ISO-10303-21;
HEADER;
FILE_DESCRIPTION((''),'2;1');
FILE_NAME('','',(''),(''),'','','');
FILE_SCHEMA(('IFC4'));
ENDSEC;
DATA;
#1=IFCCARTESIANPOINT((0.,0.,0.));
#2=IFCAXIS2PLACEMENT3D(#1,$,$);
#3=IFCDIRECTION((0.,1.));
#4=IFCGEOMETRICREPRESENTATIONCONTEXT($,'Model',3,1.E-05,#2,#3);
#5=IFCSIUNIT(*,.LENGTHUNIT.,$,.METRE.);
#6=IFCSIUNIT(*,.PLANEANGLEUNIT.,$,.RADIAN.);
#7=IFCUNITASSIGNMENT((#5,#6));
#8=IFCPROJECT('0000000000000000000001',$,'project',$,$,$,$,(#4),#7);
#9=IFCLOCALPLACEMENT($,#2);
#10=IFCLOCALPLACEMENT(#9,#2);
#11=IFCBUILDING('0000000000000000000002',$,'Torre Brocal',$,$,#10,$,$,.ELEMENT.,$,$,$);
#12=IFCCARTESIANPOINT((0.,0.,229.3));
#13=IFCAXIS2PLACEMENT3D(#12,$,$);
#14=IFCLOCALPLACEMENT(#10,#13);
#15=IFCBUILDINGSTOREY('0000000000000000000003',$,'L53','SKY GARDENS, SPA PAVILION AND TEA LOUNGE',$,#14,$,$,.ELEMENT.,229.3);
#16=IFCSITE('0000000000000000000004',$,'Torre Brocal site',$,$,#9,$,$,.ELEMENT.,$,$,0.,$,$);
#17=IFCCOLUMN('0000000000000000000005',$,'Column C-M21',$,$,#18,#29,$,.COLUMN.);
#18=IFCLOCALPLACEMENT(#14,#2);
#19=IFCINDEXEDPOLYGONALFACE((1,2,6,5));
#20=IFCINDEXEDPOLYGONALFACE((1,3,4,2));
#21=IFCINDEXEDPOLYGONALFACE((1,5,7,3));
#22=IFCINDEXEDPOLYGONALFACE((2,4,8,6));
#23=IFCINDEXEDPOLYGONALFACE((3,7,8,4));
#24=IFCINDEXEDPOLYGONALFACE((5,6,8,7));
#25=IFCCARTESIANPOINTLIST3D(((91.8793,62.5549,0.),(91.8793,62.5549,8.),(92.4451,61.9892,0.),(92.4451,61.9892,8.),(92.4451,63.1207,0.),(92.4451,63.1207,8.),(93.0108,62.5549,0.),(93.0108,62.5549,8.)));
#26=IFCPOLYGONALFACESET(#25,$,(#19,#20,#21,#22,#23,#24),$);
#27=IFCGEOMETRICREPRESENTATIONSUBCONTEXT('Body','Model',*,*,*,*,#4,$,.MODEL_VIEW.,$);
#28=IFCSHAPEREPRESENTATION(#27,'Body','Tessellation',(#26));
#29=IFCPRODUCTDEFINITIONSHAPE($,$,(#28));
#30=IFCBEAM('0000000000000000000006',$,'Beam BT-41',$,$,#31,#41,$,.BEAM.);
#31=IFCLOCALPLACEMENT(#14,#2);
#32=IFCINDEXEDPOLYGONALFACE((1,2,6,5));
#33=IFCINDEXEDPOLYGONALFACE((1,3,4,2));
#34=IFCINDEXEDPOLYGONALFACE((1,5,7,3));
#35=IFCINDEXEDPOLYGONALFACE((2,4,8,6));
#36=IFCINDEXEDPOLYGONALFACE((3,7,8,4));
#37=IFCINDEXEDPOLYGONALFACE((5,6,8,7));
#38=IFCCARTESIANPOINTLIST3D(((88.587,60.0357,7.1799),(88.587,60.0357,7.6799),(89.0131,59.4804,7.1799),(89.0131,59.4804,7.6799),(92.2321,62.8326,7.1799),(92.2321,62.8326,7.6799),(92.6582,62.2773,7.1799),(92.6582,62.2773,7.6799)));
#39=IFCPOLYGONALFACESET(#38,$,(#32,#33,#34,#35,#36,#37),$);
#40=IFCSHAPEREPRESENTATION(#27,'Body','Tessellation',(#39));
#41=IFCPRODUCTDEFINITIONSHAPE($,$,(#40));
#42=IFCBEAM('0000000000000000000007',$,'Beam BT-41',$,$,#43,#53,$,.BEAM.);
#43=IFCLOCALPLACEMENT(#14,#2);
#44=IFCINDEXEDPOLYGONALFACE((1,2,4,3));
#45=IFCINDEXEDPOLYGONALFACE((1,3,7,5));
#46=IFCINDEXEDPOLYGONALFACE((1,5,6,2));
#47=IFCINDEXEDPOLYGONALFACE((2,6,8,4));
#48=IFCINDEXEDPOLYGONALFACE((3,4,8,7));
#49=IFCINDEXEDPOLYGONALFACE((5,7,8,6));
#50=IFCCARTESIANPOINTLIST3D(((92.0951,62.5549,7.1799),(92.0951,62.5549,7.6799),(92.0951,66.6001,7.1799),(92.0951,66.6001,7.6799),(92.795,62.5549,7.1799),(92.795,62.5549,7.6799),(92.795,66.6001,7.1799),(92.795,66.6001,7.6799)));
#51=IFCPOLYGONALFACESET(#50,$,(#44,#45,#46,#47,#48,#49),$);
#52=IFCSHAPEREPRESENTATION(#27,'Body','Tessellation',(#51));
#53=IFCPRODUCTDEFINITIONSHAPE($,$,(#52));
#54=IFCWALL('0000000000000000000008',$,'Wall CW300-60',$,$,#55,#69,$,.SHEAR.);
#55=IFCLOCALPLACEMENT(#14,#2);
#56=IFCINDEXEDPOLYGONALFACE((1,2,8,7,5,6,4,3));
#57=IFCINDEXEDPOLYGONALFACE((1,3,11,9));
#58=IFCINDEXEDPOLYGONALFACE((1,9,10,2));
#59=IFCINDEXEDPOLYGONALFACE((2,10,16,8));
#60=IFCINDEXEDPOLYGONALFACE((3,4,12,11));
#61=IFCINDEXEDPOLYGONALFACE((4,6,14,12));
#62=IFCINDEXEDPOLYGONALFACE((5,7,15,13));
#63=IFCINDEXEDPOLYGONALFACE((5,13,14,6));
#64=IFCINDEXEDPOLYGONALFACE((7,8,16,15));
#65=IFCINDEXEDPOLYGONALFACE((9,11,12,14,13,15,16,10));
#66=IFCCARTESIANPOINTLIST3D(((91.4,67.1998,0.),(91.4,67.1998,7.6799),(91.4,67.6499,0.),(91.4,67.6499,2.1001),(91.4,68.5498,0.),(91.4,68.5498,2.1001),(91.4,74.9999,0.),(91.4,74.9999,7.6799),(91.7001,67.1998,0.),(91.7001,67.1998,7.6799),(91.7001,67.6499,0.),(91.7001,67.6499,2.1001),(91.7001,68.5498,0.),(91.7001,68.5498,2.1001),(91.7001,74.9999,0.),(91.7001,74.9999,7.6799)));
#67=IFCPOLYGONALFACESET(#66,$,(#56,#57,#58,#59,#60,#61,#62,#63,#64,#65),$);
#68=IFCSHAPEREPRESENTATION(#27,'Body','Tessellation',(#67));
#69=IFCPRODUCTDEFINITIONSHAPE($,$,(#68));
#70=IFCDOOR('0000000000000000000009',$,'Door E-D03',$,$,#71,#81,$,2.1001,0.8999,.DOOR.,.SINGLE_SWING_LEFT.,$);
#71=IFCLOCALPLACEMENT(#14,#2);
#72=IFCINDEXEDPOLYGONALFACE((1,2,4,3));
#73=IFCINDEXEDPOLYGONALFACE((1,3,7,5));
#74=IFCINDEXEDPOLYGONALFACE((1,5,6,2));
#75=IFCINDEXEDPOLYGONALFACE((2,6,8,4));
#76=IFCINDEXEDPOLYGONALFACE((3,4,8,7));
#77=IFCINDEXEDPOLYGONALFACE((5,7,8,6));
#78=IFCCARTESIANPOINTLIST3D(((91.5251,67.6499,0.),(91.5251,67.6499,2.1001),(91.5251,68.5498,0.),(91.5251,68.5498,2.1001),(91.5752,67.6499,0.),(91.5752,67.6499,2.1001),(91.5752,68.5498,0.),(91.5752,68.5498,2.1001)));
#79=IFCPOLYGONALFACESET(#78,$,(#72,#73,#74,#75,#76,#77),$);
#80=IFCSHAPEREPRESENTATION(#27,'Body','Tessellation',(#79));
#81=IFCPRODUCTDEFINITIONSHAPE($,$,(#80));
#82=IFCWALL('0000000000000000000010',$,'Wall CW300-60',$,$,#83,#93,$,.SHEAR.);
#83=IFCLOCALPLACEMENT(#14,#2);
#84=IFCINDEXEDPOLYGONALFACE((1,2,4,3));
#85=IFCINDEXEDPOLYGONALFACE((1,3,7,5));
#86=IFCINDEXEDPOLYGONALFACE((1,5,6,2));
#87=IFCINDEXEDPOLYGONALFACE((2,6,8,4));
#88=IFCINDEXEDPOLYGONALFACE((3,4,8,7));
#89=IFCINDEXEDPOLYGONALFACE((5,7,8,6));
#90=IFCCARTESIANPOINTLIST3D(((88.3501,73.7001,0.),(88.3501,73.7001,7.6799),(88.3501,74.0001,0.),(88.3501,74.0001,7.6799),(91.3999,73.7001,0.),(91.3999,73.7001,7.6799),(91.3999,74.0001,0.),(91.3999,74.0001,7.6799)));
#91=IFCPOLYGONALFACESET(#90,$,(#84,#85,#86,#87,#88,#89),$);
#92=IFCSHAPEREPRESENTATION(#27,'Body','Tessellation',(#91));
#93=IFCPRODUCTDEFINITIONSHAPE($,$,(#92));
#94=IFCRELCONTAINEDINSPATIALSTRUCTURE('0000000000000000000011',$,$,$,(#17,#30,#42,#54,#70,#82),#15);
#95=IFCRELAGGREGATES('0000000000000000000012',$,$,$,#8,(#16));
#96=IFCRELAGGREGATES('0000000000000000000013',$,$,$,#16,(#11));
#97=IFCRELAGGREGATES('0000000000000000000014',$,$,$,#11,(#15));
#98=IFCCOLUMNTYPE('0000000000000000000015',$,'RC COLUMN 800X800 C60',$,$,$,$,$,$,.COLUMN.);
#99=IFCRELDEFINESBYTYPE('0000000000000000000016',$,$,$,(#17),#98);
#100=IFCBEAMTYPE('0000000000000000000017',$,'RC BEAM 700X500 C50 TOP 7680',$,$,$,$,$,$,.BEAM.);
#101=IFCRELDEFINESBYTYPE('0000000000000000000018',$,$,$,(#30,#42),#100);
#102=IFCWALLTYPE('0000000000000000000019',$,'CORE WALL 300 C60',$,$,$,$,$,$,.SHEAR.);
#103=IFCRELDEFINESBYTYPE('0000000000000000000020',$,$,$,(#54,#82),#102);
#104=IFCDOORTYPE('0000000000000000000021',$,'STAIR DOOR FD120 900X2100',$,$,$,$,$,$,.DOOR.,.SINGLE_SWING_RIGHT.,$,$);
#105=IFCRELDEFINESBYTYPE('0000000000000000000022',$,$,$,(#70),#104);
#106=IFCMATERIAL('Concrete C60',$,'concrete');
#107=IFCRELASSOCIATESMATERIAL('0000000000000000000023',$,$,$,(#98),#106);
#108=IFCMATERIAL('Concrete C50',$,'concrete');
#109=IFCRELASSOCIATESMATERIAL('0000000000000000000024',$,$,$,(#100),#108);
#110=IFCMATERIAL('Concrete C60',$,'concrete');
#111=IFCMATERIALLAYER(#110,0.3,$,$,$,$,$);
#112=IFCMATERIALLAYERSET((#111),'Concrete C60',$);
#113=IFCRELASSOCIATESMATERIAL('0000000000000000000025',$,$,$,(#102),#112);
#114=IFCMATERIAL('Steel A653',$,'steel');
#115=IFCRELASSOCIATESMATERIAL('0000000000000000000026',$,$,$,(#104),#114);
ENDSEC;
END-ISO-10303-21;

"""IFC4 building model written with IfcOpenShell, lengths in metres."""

from ifc_helpers import new_model, si_unit, direction, frame, frame_2d, origin, origin_2d, place, context, subcontext, project, spatial, rectangle, extrude, material, layer, layer_set, material_profile, profile_set, type_object, element, fill, save


model = new_model("IFC4")

# Units and contexts
model_context = context("Model", 3, precision=1e-05, world=origin(), true_north=direction((0.0, 1.0)))
body_context = subcontext(model_context, "Body", "Model", "MODEL_VIEW")
ifc_project = project(units=[si_unit("LENGTHUNIT", "METRE"), si_unit("PLANEANGLEUNIT", "RADIAN")], contexts=[model_context])

# Site, building, storey
site_placement = place(None, origin())
site = spatial("IfcSite", under=ifc_project, at=site_placement, Name="Torre Brocal site", CompositionType="ELEMENT", RefElevation=0.0)
building_placement = place(site_placement, origin())
building = spatial("IfcBuilding", under=site, at=building_placement, Name="Torre Brocal", CompositionType="ELEMENT")
storey_placement = place(building_placement, frame((0.0, 0.0, 229.3)))
storey = spatial("IfcBuildingStorey", under=building, at=storey_placement, Name="L53", Description="SKY GARDENS, SPA PAVILION AND TEA LOUNGE", CompositionType="ELEMENT", Elevation=229.3)

# Column
ifc_material_1 = material(Name="Concrete C60", Category="concrete")
ifc_material_profile_1 = material_profile(ifc_material_1, rectangle(XDim=0.8, YDim=0.8, at=origin_2d()), Name="RC 800X800")
ifc_profile_set_1 = profile_set([ifc_material_profile_1], Name="Concrete C60")
column_type = type_object("IfcColumnType", Name="RC COLUMN 800X800 C60", PredefinedType="COLUMN", material=ifc_profile_set_1)
column_placement = place(storey_placement, frame((92.4451, 62.5549, 0.0), z_axis=(0.0, 0.0, 1.0), x_axis=(0.707107, -0.707107, 0.0)))
element("IfcColumn", 1, at=column_placement, inside=storey, type_object=column_type, Name="Column C-M21", PredefinedType="COLUMN", context=body_context, shape_type="SweptSolid", body=[
    extrude(rectangle(XDim=0.8, YDim=0.8, at=origin_2d()), origin(), (0.0, 0.0, 1.0), 8.0),
])

# Beams
ifc_material_2 = material(Name="Concrete C50", Category="concrete")
ifc_material_profile_2 = material_profile(ifc_material_2, rectangle(XDim=0.7, YDim=0.5, at=origin_2d()), Name="RC 700X500")
ifc_profile_set_2 = profile_set([ifc_material_profile_2], Name="Concrete C50")
beam_type = type_object("IfcBeamType", Name="RC BEAM 700X500 C50 TOP 7680", PredefinedType="BEAM", material=ifc_profile_set_2)
beam_1_placement = place(storey_placement, frame((88.8, 59.7581, 7.4299), z_axis=(0.793358, 0.608755, 0.0), x_axis=(-0.608755, 0.793358, 0.0)))
element("IfcBeam", 2, at=beam_1_placement, inside=storey, type_object=beam_type, Name="Beam BT-41", PredefinedType="BEAM", context=body_context, shape_type="SweptSolid", body=[
    extrude(rectangle(XDim=0.7, YDim=0.5, at=origin_2d()), origin(), (0.0, 0.0, 1.0), 4.5945),
])
beam_2_placement = place(storey_placement, frame((92.4451, 62.5549, 7.4299), z_axis=(0.0, 1.0, 0.0), x_axis=(-1.0, 0.0, 0.0)))
element("IfcBeam", 3, at=beam_2_placement, inside=storey, type_object=beam_type, Name="Beam BT-41", PredefinedType="BEAM", context=body_context, shape_type="SweptSolid", body=[
    extrude(rectangle(XDim=0.7, YDim=0.5, at=origin_2d()), origin(), (0.0, 0.0, 1.0), 4.0452),
])

# Wall, opening, door
ifc_material_3 = material(Name="Concrete C60", Category="concrete")
ifc_layer_1 = layer(ifc_material_3, 0.3)
ifc_layer_set_1 = layer_set([ifc_layer_1], Name="Concrete C60")
wall_type_1 = type_object("IfcWallType", Name="CORE WALL 300 C60", PredefinedType="SHEAR", material=ifc_layer_set_1)
wall_1_placement = place(storey_placement, frame((91.55, 67.2, 0.0), z_axis=(0.0, 0.0, 1.0), x_axis=(0.0, 1.0, 0.0)))
wall_1 = element("IfcWall", 4, at=wall_1_placement, inside=storey, type_object=wall_type_1, Name="Wall CW300-60", PredefinedType="SHEAR", context=body_context, shape_type="SweptSolid", body=[
    extrude(rectangle(XDim=7.8, YDim=0.3, at=frame_2d((3.8999, 0.0))), origin(), (0.0, 0.0, 1.0), 7.6799),
])
opening_1_placement = place(wall_1_placement, frame((0.45, 0.0, 0.0)))
opening_1 = element("IfcOpeningElement", 5, at=opening_1_placement, cuts=wall_1, PredefinedType="OPENING", context=body_context, shape_type="SweptSolid", body=[
    extrude(rectangle(XDim=0.8999, YDim=2.1001, at=frame_2d((0.45, 1.05))), frame((0.0, 0.1599, 0.0), z_axis=(0.0, -1.0, 0.0), x_axis=(1.0, 0.0, 0.0)), (0.0, 0.0, 1.0), 0.3201),
])
ifc_material_4 = material(Name="Steel A653", Category="steel")
door_type_1 = type_object("IfcDoorType", Name="STAIR DOOR FD120 900X2100", OperationType="SINGLE_SWING_RIGHT", PredefinedType="DOOR", material=ifc_material_4)
door_1_placement = place(opening_1_placement, origin())
door_1 = element("IfcDoor", 6, at=door_1_placement, inside=storey, type_object=door_type_1, Name="Door E-D03", OperationType="SINGLE_SWING_LEFT", OverallHeight=2.1001, OverallWidth=0.8999, PredefinedType="DOOR", context=body_context, shape_type="SweptSolid", body=[
    extrude(rectangle(XDim=0.8999, YDim=2.1001, at=frame_2d((0.45, 1.05))), frame((0.0, 0.0249, 0.0), z_axis=(0.0, -1.0, 0.0), x_axis=(1.0, 0.0, 0.0)), (0.0, 0.0, 1.0), 0.05),
])
fill(opening_1, door_1)

# Wall
wall_2_placement = place(storey_placement, frame((88.3501, 73.8501, 0.0), z_axis=(0.0, 0.0, 1.0), x_axis=(1.0, 0.0, 0.0)))
element("IfcWall", 7, at=wall_2_placement, inside=storey, type_object=wall_type_1, Name="Wall CW300-60", PredefinedType="SHEAR", context=body_context, shape_type="SweptSolid", body=[
    extrude(rectangle(XDim=3.0498, YDim=0.3, at=frame_2d((1.5249, 0.0))), origin(), (0.0, 0.0, 1.0), 7.6799),
])

save(model, "model.ifc")
